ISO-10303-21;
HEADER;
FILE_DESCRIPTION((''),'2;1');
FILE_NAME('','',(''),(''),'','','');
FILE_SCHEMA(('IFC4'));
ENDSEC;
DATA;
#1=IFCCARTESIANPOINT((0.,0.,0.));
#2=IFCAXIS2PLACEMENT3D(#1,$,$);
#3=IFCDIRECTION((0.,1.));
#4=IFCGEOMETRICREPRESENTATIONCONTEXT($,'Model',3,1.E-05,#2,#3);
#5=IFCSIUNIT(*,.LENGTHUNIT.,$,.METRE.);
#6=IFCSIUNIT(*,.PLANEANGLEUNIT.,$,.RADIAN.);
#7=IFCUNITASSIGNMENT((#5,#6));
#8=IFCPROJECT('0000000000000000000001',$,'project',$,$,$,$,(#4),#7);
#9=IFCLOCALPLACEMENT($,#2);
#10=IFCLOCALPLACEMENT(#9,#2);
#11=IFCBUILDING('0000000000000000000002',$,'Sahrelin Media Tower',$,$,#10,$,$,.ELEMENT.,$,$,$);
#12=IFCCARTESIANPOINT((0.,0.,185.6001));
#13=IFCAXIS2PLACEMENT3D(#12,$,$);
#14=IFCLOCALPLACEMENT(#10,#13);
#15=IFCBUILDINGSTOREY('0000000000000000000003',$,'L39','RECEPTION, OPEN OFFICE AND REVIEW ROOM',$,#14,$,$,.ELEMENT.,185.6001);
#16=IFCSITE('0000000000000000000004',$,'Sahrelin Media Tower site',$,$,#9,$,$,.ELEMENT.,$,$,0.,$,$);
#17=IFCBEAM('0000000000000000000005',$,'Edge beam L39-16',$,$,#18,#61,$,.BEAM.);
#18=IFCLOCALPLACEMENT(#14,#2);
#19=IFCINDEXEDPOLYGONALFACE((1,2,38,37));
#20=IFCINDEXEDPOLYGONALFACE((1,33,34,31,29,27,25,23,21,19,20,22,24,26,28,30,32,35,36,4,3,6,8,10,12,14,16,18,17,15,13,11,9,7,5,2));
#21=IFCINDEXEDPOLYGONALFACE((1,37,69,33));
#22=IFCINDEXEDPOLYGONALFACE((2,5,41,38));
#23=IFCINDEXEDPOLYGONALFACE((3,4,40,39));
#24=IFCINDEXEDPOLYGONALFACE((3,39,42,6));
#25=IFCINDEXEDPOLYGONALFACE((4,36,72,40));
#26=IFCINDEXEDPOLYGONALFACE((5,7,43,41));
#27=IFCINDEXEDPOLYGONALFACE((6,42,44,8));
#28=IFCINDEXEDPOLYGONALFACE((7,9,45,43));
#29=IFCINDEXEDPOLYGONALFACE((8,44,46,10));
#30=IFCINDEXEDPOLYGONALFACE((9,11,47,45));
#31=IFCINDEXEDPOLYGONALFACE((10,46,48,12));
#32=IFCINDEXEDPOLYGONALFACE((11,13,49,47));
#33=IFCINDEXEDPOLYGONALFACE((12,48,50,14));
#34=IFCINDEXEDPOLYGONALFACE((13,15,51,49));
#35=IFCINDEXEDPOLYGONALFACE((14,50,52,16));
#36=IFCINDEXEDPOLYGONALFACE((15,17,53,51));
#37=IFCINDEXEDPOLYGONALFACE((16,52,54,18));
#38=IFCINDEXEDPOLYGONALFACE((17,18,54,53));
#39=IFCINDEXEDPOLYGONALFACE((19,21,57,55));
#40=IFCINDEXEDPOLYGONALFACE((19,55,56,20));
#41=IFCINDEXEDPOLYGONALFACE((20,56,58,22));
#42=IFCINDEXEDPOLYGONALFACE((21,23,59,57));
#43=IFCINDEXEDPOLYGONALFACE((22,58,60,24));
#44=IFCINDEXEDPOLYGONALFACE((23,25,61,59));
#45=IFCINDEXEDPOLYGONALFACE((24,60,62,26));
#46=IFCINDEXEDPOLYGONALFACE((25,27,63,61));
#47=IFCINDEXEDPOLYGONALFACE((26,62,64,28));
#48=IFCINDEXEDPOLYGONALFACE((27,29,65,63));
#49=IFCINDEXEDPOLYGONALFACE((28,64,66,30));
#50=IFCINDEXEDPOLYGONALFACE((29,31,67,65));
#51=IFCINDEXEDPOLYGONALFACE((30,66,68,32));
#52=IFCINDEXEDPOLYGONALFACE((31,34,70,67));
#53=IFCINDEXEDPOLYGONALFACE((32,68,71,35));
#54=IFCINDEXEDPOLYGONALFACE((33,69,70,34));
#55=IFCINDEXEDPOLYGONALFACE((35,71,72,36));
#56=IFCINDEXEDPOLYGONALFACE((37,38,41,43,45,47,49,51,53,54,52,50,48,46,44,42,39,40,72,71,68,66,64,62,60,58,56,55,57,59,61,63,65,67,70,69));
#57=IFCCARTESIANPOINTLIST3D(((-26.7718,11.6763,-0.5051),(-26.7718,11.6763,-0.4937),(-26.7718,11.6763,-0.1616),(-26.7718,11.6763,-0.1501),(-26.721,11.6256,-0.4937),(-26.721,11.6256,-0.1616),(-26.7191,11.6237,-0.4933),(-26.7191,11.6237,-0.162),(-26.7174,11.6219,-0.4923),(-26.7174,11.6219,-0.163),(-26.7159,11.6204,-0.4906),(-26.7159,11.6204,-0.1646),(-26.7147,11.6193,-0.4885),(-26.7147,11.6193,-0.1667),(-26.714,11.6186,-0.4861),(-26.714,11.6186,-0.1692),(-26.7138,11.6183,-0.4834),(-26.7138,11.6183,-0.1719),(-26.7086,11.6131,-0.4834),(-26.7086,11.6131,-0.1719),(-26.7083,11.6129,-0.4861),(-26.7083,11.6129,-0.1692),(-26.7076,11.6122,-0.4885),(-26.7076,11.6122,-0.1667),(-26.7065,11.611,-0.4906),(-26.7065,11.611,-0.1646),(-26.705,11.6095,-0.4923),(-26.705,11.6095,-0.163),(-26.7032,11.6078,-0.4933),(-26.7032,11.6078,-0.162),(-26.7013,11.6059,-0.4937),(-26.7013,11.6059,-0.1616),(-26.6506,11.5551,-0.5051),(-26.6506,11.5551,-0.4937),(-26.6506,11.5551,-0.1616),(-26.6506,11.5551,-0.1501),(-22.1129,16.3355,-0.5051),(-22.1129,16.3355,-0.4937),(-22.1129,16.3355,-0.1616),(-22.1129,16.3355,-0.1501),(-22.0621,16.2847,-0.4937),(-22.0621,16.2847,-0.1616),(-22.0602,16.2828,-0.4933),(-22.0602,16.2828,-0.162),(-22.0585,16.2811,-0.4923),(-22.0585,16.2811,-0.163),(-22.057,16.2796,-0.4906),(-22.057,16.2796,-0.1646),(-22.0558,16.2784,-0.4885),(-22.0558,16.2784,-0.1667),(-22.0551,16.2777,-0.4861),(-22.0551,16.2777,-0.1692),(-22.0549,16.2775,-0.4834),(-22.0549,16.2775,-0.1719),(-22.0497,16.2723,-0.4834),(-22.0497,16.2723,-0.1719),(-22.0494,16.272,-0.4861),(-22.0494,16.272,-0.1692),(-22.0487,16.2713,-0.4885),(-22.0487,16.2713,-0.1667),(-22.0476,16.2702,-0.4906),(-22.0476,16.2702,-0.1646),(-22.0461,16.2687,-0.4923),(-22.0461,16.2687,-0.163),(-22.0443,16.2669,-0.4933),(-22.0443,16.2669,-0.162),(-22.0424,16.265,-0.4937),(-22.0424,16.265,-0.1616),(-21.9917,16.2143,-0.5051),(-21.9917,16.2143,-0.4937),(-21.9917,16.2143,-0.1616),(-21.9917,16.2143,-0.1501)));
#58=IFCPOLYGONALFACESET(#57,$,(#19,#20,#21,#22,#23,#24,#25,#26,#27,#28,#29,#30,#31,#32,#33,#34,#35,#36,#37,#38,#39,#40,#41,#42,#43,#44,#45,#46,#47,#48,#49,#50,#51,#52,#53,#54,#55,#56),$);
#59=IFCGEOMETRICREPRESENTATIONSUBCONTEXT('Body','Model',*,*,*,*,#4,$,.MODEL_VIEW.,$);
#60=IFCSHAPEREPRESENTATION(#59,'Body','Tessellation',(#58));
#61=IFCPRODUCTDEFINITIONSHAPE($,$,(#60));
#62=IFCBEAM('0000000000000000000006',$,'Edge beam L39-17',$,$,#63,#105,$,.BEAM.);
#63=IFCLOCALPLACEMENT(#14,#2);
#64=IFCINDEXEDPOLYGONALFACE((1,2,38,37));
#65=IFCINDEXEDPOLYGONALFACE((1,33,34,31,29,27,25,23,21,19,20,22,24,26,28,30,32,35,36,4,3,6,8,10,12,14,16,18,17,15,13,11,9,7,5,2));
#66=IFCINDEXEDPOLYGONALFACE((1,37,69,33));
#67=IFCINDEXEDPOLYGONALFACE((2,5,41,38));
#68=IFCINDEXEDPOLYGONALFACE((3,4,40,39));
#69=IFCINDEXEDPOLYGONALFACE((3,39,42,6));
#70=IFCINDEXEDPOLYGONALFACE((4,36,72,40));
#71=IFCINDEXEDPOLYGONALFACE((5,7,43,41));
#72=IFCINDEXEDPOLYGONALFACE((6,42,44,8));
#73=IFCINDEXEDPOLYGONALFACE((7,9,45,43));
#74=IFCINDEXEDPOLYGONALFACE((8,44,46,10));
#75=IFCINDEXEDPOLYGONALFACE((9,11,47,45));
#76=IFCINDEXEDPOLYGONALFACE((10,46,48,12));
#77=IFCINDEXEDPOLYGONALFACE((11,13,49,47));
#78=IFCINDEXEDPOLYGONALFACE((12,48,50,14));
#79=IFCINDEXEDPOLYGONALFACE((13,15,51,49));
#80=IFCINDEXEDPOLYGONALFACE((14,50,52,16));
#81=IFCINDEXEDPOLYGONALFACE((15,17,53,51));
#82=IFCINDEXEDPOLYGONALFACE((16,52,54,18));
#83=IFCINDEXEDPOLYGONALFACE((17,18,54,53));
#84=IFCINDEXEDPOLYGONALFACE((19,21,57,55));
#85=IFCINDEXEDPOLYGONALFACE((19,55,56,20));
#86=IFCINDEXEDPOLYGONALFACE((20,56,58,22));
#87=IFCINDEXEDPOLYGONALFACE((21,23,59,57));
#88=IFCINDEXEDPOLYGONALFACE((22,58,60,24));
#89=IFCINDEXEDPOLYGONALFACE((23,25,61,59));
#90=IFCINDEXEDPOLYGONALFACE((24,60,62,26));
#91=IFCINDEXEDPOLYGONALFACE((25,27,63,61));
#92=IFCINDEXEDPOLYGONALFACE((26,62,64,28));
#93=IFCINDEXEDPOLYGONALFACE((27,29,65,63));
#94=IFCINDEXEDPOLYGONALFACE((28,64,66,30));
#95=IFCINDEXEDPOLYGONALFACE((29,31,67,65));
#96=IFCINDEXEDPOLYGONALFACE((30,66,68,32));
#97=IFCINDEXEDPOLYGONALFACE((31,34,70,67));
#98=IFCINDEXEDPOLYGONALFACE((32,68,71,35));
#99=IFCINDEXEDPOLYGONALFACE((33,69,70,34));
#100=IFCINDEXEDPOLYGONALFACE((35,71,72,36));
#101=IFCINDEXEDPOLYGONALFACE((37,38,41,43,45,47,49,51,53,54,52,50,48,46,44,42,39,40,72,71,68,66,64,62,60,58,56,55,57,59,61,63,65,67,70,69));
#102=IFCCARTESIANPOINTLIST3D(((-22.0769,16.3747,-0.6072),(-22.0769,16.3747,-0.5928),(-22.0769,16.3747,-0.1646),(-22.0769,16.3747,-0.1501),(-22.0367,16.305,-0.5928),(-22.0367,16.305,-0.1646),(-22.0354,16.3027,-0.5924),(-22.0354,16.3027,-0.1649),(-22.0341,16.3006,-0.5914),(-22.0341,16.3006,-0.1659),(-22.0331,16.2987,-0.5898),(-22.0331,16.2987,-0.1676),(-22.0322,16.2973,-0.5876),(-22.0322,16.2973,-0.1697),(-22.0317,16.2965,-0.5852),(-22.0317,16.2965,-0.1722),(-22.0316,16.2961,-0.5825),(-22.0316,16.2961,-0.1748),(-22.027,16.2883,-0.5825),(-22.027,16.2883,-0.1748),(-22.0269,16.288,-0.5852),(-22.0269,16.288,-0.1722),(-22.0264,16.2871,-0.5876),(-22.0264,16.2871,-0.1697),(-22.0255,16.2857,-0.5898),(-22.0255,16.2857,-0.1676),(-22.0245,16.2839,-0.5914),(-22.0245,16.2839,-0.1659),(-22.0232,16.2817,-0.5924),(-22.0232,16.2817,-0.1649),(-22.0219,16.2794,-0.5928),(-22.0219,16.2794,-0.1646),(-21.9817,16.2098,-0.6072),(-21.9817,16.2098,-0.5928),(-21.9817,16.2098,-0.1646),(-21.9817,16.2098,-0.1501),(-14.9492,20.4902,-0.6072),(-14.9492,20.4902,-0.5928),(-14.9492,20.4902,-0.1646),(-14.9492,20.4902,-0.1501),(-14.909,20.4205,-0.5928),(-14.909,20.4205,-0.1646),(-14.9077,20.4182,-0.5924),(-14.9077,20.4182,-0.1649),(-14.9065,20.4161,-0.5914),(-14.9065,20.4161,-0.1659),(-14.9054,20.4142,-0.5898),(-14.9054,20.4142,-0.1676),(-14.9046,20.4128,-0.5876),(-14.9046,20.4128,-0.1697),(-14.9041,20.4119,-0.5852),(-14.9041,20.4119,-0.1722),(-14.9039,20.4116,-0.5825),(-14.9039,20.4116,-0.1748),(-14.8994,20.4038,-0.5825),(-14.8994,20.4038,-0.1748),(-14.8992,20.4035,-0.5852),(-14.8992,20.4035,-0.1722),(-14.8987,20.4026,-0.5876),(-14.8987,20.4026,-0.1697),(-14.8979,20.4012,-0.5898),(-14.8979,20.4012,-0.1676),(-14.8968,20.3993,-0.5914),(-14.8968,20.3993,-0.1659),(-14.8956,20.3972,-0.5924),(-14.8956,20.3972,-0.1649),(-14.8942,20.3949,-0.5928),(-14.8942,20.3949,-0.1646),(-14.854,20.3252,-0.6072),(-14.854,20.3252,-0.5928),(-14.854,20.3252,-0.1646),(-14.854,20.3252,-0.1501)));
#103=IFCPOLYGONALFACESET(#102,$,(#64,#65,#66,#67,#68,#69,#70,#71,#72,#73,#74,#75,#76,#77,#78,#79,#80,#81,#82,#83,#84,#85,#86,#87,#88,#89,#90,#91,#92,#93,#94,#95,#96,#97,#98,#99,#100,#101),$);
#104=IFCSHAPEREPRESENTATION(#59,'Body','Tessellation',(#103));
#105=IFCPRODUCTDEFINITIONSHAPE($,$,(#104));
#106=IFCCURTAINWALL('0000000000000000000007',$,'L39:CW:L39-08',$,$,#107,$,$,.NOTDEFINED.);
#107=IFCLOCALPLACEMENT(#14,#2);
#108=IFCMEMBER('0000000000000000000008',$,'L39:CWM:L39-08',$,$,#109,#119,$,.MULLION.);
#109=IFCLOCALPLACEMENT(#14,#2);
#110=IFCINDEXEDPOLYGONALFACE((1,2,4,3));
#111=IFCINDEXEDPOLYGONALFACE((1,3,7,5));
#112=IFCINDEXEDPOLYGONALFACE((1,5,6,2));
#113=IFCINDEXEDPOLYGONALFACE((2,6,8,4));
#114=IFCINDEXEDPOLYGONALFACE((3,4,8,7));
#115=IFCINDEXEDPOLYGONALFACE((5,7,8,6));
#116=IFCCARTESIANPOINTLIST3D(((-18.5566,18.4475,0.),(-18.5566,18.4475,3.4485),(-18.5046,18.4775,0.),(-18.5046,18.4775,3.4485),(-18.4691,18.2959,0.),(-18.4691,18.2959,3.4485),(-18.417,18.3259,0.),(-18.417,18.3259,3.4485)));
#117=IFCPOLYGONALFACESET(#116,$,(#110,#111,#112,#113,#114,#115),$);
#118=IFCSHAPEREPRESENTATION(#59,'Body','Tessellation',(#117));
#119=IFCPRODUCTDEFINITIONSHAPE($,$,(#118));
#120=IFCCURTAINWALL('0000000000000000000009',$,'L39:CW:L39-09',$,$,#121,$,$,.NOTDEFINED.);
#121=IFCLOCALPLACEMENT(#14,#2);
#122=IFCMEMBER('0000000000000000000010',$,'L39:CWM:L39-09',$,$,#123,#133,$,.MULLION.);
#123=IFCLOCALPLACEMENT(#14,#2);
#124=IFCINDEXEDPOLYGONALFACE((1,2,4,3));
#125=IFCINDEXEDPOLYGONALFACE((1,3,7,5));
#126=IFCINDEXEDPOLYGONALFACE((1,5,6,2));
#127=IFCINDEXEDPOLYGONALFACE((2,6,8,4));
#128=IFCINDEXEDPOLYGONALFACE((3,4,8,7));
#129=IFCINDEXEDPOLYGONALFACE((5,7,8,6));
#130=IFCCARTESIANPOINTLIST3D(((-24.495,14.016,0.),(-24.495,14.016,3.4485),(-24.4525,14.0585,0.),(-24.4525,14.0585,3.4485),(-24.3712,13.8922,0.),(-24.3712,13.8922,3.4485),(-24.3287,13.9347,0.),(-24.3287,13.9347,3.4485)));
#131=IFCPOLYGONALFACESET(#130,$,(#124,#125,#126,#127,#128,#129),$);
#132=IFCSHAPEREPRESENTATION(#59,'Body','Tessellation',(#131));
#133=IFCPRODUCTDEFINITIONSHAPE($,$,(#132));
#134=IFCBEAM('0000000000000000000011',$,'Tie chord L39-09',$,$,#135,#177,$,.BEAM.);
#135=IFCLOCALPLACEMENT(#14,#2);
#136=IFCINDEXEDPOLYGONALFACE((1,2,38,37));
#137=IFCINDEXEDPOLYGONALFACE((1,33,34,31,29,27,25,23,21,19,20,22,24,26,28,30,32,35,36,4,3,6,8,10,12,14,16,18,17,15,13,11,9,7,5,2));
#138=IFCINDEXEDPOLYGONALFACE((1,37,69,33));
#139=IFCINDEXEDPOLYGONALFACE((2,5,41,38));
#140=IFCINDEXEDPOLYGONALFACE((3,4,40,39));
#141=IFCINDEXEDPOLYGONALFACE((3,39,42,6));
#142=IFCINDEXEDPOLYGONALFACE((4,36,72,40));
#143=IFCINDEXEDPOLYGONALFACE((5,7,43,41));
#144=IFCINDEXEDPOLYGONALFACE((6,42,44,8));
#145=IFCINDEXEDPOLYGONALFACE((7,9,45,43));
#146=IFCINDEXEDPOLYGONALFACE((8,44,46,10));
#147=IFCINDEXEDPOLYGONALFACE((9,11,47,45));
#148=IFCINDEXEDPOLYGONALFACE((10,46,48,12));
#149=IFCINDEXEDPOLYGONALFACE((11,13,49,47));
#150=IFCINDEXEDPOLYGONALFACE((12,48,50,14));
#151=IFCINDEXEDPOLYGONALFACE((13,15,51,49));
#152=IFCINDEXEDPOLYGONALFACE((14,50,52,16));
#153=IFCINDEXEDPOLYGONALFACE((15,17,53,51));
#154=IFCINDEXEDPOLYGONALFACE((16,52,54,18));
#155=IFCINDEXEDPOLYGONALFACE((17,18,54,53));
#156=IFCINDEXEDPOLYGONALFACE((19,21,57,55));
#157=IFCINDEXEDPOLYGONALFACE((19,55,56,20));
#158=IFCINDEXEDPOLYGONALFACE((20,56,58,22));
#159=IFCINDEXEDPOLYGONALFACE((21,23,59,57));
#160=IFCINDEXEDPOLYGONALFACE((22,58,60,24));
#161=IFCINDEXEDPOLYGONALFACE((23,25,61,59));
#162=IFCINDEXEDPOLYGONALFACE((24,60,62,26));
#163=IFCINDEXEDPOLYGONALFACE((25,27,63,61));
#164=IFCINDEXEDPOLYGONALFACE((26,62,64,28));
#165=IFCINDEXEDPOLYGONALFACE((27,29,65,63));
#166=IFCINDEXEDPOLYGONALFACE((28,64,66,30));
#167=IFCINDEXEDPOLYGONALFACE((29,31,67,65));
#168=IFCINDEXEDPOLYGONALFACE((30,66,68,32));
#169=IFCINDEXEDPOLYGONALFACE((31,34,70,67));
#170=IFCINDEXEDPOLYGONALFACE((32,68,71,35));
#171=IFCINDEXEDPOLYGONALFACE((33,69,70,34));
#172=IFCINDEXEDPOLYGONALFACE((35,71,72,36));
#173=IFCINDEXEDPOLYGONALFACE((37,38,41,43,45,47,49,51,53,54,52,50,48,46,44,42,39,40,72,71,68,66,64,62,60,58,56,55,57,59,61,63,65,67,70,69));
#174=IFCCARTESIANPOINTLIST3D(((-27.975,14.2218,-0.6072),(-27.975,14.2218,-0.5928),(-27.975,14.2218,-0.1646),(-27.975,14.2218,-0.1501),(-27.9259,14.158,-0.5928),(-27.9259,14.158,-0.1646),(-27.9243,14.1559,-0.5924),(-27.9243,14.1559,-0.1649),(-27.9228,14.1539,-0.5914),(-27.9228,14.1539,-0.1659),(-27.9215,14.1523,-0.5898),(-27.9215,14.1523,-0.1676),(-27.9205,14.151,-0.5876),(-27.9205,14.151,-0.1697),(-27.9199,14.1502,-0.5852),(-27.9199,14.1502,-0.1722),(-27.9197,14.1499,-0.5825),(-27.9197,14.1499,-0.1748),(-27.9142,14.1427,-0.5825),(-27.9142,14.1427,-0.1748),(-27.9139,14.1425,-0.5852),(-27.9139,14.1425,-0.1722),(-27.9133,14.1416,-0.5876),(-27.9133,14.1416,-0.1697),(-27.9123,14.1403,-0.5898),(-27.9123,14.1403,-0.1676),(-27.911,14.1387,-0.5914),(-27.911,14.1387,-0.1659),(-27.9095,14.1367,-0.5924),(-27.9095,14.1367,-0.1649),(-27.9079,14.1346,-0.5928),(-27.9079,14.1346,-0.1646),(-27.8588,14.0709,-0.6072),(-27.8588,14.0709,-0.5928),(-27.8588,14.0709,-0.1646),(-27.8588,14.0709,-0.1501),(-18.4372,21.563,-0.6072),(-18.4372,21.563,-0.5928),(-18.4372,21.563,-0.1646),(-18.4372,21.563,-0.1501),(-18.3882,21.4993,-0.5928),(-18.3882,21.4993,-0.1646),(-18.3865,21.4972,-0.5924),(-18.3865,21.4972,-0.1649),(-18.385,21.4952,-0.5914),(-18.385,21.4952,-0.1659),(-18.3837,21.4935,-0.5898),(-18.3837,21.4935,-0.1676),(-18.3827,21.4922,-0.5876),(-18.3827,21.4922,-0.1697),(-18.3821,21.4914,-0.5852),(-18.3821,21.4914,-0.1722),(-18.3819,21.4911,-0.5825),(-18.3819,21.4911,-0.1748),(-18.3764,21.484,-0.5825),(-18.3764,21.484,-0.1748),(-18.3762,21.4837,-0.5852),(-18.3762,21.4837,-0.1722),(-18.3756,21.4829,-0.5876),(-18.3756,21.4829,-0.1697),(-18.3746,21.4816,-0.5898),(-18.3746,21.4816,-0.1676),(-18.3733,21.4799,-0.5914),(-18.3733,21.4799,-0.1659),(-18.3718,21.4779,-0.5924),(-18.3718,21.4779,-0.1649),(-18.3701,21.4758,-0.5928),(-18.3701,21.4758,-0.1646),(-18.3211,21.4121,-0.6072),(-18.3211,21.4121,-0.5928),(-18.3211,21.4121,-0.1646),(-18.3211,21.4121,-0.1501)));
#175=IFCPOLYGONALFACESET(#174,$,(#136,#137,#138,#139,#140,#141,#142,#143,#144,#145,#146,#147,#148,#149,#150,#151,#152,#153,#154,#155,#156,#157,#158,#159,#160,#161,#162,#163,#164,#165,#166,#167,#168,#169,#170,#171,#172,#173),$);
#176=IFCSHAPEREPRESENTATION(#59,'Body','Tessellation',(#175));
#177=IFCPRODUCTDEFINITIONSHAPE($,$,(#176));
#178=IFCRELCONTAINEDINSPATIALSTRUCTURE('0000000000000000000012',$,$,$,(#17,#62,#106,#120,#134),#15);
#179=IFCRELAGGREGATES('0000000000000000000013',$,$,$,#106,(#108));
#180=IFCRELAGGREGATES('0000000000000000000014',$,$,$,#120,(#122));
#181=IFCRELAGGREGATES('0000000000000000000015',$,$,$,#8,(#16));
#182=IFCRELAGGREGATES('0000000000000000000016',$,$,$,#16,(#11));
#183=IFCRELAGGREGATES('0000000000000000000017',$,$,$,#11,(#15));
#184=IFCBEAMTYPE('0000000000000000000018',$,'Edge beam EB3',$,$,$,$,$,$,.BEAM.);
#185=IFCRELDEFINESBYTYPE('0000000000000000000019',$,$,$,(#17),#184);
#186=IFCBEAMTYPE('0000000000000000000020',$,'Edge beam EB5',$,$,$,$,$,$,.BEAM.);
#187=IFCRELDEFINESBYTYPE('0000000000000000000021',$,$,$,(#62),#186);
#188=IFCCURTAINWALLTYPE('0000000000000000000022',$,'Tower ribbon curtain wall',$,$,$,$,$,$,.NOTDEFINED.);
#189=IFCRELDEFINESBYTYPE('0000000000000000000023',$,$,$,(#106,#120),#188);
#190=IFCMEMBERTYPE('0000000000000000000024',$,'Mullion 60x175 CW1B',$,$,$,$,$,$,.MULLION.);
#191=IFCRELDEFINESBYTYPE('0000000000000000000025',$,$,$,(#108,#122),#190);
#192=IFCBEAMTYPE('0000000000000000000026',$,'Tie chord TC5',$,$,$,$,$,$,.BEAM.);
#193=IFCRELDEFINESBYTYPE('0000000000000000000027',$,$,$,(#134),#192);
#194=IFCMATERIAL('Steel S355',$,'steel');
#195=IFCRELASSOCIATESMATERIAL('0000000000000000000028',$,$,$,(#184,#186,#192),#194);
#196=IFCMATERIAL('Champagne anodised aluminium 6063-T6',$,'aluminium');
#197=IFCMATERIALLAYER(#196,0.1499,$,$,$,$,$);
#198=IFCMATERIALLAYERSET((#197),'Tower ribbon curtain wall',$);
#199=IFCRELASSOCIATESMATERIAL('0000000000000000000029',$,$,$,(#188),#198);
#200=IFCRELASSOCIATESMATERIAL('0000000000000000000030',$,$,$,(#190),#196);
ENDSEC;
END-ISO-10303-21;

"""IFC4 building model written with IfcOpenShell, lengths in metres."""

from ifc_helpers import new_model, si_unit, direction, frame, origin, origin_2d, place, context, subcontext, project, spatial, rectangle, i_section, extrude, material, layer, layer_set, material_profile, profile_set, type_object, element, aggregate, save


model = new_model("IFC4")

# Units and contexts
model_context = context("Model", 3, precision=1e-05, world=origin(), true_north=direction((0.0, 1.0)))
body_context = subcontext(model_context, "Body", "Model", "MODEL_VIEW")
ifc_project = project(units=[si_unit("LENGTHUNIT", "METRE"), si_unit("PLANEANGLEUNIT", "RADIAN")], contexts=[model_context])

# Site, building, storey
site_placement = place(None, origin())
site = spatial("IfcSite", under=ifc_project, at=site_placement, Name="Sahrelin Media Tower site", CompositionType="ELEMENT", RefElevation=0.0)
building_placement = place(site_placement, origin())
building = spatial("IfcBuilding", under=site, at=building_placement, Name="Sahrelin Media Tower", CompositionType="ELEMENT")
storey_placement = place(building_placement, frame((0.0, 0.0, 185.6001)))
storey = spatial("IfcBuildingStorey", under=building, at=storey_placement, Name="L39", Description="RECEPTION, OPEN OFFICE AND REVIEW ROOM", CompositionType="ELEMENT", Elevation=185.6001)

# Beams
ifc_material_1 = material(Name="Steel S355", Category="steel")
ifc_material_profile_1 = material_profile(ifc_material_1, i_section(OverallWidth=0.1714, OverallDepth=0.355, WebThickness=0.0073, FlangeThickness=0.0115, FilletRadius=0.0103, at=origin_2d()), Name="UB 356x171x51")
ifc_profile_set_1 = profile_set([ifc_material_profile_1], Name="Steel S355")
beam_type_1 = type_object("IfcBeamType", Name="Edge beam EB3", PredefinedType="BEAM", material=ifc_profile_set_1)
beam_1_placement = place(storey_placement, frame((-26.7112, 11.6157, -0.3276), z_axis=(0.707088, 0.707125, 0.0), x_axis=(-0.707125, 0.707088, 0.0)))
element("IfcBeam", 1, at=beam_1_placement, inside=storey, type_object=beam_type_1, Name="Edge beam L39-16", PredefinedType="BEAM", context=body_context, shape_type="SweptSolid", body=[
    extrude(i_section(OverallWidth=0.1714, OverallDepth=0.355, WebThickness=0.0073, FlangeThickness=0.0115, FilletRadius=0.0103, at=origin_2d()), origin(), (0.0, 0.0, 1.0), 6.5889),
])
ifc_material_profile_2 = material_profile(ifc_material_1, i_section(OverallWidth=0.1904, OverallDepth=0.457, WebThickness=0.009, FlangeThickness=0.0144, FilletRadius=0.0103, at=origin_2d()), Name="UB 457x191x74")
ifc_profile_set_2 = profile_set([ifc_material_profile_2], Name="Steel S355")
beam_type_2 = type_object("IfcBeamType", Name="Edge beam EB5", PredefinedType="BEAM", material=ifc_profile_set_2)
beam_2_placement = place(storey_placement, frame((-22.0293, 16.2922, -0.3787), z_axis=(0.866009, 0.500028, 0.0), x_axis=(-0.500028, 0.866009, 0.0)))
element("IfcBeam", 2, at=beam_2_placement, inside=storey, type_object=beam_type_2, Name="Edge beam L39-17", PredefinedType="BEAM", context=body_context, shape_type="SweptSolid", body=[
    extrude(i_section(OverallWidth=0.1904, OverallDepth=0.457, WebThickness=0.009, FlangeThickness=0.0144, FilletRadius=0.0103, at=origin_2d()), origin(), (0.0, 0.0, 1.0), 8.2305),
])

# Curtain walls, members
ifc_material_2 = material(Name="Champagne anodised aluminium 6063-T6", Category="aluminium")
ifc_layer_1 = layer(ifc_material_2, 0.1499)
ifc_layer_set_1 = layer_set([ifc_layer_1], Name="Tower ribbon curtain wall")
curtain_wall_type = type_object("IfcCurtainWallType", Name="Tower ribbon curtain wall", PredefinedType="NOTDEFINED", material=ifc_layer_set_1)
curtain_wall_1_placement = place(storey_placement, frame((-18.5403, 18.4797, 0.0), z_axis=(0.0, 0.0, 1.0), x_axis=(1.0, 0.0, 0.0)))
curtain_wall_1 = element("IfcCurtainWall", 3, at=curtain_wall_1_placement, inside=storey, type_object=curtain_wall_type, Name="L39:CW:L39-08", PredefinedType="NOTDEFINED")
ifc_material_profile_3 = material_profile(ifc_material_2, rectangle(XDim=0.0601, YDim=0.175, at=origin_2d()), Name="Mullion 60x175")
ifc_profile_set_3 = profile_set([ifc_material_profile_3], Name="Champagne anodised aluminium 6063-T6")
member_type_1 = type_object("IfcMemberType", Name="Mullion 60x175 CW1B", PredefinedType="MULLION", material=ifc_profile_set_3)
member_1_placement = place(storey_placement, frame((-18.4868, 18.3867, 0.0), z_axis=(0.0, 0.0, 1.0), x_axis=(-0.866024, -0.500003, 0.0)))
member_1 = element("IfcMember", 4, at=member_1_placement, type_object=member_type_1, Name="L39:CWM:L39-08", PredefinedType="MULLION", context=body_context, shape_type="SweptSolid", body=[
    extrude(rectangle(XDim=0.0601, YDim=0.175, at=origin_2d()), origin(), (0.0, 0.0, 1.0), 3.4485),
])
curtain_wall_2_placement = place(storey_placement, frame((-24.4878, 14.0513, 0.0), z_axis=(0.0, 0.0, 1.0), x_axis=(1.0, 0.0, 0.0)))
curtain_wall_2 = element("IfcCurtainWall", 5, at=curtain_wall_2_placement, inside=storey, type_object=curtain_wall_type, Name="L39:CW:L39-09", PredefinedType="NOTDEFINED")
member_2_placement = place(storey_placement, frame((-24.4119, 13.9753, 0.0), z_axis=(0.0, 0.0, 1.0), x_axis=(-0.707107, -0.707107, 0.0)))
member_2 = element("IfcMember", 6, at=member_2_placement, type_object=member_type_1, Name="L39:CWM:L39-09", PredefinedType="MULLION", context=body_context, shape_type="SweptSolid", body=[
    extrude(rectangle(XDim=0.0601, YDim=0.175, at=origin_2d()), origin(), (0.0, 0.0, 1.0), 3.4485),
])

# Beam
ifc_material_profile_4 = material_profile(ifc_material_1, i_section(OverallWidth=0.1904, OverallDepth=0.457, WebThickness=0.009, FlangeThickness=0.0144, FilletRadius=0.0103, at=origin_2d()), Name="UB 457x191x74")
ifc_profile_set_4 = profile_set([ifc_material_profile_4], Name="Steel S355")
beam_type_3 = type_object("IfcBeamType", Name="Tie chord TC5", PredefinedType="BEAM", material=ifc_profile_set_4)
beam_3_placement = place(storey_placement, frame((-18.3792, 21.4875, -0.3787), z_axis=(-0.792443, -0.609946, 0.0), x_axis=(0.609946, -0.792443, 0.0)))
element("IfcBeam", 7, at=beam_3_placement, inside=storey, type_object=beam_type_3, Name="Tie chord L39-09", PredefinedType="BEAM", context=body_context, shape_type="SweptSolid", body=[
    extrude(i_section(OverallWidth=0.1904, OverallDepth=0.457, WebThickness=0.009, FlangeThickness=0.0144, FilletRadius=0.0103, at=origin_2d()), origin(), (0.0, 0.0, 1.0), 12.0359),
])

aggregate(curtain_wall_1, [member_1])
aggregate(curtain_wall_2, [member_2])

save(model, "model.ifc")
